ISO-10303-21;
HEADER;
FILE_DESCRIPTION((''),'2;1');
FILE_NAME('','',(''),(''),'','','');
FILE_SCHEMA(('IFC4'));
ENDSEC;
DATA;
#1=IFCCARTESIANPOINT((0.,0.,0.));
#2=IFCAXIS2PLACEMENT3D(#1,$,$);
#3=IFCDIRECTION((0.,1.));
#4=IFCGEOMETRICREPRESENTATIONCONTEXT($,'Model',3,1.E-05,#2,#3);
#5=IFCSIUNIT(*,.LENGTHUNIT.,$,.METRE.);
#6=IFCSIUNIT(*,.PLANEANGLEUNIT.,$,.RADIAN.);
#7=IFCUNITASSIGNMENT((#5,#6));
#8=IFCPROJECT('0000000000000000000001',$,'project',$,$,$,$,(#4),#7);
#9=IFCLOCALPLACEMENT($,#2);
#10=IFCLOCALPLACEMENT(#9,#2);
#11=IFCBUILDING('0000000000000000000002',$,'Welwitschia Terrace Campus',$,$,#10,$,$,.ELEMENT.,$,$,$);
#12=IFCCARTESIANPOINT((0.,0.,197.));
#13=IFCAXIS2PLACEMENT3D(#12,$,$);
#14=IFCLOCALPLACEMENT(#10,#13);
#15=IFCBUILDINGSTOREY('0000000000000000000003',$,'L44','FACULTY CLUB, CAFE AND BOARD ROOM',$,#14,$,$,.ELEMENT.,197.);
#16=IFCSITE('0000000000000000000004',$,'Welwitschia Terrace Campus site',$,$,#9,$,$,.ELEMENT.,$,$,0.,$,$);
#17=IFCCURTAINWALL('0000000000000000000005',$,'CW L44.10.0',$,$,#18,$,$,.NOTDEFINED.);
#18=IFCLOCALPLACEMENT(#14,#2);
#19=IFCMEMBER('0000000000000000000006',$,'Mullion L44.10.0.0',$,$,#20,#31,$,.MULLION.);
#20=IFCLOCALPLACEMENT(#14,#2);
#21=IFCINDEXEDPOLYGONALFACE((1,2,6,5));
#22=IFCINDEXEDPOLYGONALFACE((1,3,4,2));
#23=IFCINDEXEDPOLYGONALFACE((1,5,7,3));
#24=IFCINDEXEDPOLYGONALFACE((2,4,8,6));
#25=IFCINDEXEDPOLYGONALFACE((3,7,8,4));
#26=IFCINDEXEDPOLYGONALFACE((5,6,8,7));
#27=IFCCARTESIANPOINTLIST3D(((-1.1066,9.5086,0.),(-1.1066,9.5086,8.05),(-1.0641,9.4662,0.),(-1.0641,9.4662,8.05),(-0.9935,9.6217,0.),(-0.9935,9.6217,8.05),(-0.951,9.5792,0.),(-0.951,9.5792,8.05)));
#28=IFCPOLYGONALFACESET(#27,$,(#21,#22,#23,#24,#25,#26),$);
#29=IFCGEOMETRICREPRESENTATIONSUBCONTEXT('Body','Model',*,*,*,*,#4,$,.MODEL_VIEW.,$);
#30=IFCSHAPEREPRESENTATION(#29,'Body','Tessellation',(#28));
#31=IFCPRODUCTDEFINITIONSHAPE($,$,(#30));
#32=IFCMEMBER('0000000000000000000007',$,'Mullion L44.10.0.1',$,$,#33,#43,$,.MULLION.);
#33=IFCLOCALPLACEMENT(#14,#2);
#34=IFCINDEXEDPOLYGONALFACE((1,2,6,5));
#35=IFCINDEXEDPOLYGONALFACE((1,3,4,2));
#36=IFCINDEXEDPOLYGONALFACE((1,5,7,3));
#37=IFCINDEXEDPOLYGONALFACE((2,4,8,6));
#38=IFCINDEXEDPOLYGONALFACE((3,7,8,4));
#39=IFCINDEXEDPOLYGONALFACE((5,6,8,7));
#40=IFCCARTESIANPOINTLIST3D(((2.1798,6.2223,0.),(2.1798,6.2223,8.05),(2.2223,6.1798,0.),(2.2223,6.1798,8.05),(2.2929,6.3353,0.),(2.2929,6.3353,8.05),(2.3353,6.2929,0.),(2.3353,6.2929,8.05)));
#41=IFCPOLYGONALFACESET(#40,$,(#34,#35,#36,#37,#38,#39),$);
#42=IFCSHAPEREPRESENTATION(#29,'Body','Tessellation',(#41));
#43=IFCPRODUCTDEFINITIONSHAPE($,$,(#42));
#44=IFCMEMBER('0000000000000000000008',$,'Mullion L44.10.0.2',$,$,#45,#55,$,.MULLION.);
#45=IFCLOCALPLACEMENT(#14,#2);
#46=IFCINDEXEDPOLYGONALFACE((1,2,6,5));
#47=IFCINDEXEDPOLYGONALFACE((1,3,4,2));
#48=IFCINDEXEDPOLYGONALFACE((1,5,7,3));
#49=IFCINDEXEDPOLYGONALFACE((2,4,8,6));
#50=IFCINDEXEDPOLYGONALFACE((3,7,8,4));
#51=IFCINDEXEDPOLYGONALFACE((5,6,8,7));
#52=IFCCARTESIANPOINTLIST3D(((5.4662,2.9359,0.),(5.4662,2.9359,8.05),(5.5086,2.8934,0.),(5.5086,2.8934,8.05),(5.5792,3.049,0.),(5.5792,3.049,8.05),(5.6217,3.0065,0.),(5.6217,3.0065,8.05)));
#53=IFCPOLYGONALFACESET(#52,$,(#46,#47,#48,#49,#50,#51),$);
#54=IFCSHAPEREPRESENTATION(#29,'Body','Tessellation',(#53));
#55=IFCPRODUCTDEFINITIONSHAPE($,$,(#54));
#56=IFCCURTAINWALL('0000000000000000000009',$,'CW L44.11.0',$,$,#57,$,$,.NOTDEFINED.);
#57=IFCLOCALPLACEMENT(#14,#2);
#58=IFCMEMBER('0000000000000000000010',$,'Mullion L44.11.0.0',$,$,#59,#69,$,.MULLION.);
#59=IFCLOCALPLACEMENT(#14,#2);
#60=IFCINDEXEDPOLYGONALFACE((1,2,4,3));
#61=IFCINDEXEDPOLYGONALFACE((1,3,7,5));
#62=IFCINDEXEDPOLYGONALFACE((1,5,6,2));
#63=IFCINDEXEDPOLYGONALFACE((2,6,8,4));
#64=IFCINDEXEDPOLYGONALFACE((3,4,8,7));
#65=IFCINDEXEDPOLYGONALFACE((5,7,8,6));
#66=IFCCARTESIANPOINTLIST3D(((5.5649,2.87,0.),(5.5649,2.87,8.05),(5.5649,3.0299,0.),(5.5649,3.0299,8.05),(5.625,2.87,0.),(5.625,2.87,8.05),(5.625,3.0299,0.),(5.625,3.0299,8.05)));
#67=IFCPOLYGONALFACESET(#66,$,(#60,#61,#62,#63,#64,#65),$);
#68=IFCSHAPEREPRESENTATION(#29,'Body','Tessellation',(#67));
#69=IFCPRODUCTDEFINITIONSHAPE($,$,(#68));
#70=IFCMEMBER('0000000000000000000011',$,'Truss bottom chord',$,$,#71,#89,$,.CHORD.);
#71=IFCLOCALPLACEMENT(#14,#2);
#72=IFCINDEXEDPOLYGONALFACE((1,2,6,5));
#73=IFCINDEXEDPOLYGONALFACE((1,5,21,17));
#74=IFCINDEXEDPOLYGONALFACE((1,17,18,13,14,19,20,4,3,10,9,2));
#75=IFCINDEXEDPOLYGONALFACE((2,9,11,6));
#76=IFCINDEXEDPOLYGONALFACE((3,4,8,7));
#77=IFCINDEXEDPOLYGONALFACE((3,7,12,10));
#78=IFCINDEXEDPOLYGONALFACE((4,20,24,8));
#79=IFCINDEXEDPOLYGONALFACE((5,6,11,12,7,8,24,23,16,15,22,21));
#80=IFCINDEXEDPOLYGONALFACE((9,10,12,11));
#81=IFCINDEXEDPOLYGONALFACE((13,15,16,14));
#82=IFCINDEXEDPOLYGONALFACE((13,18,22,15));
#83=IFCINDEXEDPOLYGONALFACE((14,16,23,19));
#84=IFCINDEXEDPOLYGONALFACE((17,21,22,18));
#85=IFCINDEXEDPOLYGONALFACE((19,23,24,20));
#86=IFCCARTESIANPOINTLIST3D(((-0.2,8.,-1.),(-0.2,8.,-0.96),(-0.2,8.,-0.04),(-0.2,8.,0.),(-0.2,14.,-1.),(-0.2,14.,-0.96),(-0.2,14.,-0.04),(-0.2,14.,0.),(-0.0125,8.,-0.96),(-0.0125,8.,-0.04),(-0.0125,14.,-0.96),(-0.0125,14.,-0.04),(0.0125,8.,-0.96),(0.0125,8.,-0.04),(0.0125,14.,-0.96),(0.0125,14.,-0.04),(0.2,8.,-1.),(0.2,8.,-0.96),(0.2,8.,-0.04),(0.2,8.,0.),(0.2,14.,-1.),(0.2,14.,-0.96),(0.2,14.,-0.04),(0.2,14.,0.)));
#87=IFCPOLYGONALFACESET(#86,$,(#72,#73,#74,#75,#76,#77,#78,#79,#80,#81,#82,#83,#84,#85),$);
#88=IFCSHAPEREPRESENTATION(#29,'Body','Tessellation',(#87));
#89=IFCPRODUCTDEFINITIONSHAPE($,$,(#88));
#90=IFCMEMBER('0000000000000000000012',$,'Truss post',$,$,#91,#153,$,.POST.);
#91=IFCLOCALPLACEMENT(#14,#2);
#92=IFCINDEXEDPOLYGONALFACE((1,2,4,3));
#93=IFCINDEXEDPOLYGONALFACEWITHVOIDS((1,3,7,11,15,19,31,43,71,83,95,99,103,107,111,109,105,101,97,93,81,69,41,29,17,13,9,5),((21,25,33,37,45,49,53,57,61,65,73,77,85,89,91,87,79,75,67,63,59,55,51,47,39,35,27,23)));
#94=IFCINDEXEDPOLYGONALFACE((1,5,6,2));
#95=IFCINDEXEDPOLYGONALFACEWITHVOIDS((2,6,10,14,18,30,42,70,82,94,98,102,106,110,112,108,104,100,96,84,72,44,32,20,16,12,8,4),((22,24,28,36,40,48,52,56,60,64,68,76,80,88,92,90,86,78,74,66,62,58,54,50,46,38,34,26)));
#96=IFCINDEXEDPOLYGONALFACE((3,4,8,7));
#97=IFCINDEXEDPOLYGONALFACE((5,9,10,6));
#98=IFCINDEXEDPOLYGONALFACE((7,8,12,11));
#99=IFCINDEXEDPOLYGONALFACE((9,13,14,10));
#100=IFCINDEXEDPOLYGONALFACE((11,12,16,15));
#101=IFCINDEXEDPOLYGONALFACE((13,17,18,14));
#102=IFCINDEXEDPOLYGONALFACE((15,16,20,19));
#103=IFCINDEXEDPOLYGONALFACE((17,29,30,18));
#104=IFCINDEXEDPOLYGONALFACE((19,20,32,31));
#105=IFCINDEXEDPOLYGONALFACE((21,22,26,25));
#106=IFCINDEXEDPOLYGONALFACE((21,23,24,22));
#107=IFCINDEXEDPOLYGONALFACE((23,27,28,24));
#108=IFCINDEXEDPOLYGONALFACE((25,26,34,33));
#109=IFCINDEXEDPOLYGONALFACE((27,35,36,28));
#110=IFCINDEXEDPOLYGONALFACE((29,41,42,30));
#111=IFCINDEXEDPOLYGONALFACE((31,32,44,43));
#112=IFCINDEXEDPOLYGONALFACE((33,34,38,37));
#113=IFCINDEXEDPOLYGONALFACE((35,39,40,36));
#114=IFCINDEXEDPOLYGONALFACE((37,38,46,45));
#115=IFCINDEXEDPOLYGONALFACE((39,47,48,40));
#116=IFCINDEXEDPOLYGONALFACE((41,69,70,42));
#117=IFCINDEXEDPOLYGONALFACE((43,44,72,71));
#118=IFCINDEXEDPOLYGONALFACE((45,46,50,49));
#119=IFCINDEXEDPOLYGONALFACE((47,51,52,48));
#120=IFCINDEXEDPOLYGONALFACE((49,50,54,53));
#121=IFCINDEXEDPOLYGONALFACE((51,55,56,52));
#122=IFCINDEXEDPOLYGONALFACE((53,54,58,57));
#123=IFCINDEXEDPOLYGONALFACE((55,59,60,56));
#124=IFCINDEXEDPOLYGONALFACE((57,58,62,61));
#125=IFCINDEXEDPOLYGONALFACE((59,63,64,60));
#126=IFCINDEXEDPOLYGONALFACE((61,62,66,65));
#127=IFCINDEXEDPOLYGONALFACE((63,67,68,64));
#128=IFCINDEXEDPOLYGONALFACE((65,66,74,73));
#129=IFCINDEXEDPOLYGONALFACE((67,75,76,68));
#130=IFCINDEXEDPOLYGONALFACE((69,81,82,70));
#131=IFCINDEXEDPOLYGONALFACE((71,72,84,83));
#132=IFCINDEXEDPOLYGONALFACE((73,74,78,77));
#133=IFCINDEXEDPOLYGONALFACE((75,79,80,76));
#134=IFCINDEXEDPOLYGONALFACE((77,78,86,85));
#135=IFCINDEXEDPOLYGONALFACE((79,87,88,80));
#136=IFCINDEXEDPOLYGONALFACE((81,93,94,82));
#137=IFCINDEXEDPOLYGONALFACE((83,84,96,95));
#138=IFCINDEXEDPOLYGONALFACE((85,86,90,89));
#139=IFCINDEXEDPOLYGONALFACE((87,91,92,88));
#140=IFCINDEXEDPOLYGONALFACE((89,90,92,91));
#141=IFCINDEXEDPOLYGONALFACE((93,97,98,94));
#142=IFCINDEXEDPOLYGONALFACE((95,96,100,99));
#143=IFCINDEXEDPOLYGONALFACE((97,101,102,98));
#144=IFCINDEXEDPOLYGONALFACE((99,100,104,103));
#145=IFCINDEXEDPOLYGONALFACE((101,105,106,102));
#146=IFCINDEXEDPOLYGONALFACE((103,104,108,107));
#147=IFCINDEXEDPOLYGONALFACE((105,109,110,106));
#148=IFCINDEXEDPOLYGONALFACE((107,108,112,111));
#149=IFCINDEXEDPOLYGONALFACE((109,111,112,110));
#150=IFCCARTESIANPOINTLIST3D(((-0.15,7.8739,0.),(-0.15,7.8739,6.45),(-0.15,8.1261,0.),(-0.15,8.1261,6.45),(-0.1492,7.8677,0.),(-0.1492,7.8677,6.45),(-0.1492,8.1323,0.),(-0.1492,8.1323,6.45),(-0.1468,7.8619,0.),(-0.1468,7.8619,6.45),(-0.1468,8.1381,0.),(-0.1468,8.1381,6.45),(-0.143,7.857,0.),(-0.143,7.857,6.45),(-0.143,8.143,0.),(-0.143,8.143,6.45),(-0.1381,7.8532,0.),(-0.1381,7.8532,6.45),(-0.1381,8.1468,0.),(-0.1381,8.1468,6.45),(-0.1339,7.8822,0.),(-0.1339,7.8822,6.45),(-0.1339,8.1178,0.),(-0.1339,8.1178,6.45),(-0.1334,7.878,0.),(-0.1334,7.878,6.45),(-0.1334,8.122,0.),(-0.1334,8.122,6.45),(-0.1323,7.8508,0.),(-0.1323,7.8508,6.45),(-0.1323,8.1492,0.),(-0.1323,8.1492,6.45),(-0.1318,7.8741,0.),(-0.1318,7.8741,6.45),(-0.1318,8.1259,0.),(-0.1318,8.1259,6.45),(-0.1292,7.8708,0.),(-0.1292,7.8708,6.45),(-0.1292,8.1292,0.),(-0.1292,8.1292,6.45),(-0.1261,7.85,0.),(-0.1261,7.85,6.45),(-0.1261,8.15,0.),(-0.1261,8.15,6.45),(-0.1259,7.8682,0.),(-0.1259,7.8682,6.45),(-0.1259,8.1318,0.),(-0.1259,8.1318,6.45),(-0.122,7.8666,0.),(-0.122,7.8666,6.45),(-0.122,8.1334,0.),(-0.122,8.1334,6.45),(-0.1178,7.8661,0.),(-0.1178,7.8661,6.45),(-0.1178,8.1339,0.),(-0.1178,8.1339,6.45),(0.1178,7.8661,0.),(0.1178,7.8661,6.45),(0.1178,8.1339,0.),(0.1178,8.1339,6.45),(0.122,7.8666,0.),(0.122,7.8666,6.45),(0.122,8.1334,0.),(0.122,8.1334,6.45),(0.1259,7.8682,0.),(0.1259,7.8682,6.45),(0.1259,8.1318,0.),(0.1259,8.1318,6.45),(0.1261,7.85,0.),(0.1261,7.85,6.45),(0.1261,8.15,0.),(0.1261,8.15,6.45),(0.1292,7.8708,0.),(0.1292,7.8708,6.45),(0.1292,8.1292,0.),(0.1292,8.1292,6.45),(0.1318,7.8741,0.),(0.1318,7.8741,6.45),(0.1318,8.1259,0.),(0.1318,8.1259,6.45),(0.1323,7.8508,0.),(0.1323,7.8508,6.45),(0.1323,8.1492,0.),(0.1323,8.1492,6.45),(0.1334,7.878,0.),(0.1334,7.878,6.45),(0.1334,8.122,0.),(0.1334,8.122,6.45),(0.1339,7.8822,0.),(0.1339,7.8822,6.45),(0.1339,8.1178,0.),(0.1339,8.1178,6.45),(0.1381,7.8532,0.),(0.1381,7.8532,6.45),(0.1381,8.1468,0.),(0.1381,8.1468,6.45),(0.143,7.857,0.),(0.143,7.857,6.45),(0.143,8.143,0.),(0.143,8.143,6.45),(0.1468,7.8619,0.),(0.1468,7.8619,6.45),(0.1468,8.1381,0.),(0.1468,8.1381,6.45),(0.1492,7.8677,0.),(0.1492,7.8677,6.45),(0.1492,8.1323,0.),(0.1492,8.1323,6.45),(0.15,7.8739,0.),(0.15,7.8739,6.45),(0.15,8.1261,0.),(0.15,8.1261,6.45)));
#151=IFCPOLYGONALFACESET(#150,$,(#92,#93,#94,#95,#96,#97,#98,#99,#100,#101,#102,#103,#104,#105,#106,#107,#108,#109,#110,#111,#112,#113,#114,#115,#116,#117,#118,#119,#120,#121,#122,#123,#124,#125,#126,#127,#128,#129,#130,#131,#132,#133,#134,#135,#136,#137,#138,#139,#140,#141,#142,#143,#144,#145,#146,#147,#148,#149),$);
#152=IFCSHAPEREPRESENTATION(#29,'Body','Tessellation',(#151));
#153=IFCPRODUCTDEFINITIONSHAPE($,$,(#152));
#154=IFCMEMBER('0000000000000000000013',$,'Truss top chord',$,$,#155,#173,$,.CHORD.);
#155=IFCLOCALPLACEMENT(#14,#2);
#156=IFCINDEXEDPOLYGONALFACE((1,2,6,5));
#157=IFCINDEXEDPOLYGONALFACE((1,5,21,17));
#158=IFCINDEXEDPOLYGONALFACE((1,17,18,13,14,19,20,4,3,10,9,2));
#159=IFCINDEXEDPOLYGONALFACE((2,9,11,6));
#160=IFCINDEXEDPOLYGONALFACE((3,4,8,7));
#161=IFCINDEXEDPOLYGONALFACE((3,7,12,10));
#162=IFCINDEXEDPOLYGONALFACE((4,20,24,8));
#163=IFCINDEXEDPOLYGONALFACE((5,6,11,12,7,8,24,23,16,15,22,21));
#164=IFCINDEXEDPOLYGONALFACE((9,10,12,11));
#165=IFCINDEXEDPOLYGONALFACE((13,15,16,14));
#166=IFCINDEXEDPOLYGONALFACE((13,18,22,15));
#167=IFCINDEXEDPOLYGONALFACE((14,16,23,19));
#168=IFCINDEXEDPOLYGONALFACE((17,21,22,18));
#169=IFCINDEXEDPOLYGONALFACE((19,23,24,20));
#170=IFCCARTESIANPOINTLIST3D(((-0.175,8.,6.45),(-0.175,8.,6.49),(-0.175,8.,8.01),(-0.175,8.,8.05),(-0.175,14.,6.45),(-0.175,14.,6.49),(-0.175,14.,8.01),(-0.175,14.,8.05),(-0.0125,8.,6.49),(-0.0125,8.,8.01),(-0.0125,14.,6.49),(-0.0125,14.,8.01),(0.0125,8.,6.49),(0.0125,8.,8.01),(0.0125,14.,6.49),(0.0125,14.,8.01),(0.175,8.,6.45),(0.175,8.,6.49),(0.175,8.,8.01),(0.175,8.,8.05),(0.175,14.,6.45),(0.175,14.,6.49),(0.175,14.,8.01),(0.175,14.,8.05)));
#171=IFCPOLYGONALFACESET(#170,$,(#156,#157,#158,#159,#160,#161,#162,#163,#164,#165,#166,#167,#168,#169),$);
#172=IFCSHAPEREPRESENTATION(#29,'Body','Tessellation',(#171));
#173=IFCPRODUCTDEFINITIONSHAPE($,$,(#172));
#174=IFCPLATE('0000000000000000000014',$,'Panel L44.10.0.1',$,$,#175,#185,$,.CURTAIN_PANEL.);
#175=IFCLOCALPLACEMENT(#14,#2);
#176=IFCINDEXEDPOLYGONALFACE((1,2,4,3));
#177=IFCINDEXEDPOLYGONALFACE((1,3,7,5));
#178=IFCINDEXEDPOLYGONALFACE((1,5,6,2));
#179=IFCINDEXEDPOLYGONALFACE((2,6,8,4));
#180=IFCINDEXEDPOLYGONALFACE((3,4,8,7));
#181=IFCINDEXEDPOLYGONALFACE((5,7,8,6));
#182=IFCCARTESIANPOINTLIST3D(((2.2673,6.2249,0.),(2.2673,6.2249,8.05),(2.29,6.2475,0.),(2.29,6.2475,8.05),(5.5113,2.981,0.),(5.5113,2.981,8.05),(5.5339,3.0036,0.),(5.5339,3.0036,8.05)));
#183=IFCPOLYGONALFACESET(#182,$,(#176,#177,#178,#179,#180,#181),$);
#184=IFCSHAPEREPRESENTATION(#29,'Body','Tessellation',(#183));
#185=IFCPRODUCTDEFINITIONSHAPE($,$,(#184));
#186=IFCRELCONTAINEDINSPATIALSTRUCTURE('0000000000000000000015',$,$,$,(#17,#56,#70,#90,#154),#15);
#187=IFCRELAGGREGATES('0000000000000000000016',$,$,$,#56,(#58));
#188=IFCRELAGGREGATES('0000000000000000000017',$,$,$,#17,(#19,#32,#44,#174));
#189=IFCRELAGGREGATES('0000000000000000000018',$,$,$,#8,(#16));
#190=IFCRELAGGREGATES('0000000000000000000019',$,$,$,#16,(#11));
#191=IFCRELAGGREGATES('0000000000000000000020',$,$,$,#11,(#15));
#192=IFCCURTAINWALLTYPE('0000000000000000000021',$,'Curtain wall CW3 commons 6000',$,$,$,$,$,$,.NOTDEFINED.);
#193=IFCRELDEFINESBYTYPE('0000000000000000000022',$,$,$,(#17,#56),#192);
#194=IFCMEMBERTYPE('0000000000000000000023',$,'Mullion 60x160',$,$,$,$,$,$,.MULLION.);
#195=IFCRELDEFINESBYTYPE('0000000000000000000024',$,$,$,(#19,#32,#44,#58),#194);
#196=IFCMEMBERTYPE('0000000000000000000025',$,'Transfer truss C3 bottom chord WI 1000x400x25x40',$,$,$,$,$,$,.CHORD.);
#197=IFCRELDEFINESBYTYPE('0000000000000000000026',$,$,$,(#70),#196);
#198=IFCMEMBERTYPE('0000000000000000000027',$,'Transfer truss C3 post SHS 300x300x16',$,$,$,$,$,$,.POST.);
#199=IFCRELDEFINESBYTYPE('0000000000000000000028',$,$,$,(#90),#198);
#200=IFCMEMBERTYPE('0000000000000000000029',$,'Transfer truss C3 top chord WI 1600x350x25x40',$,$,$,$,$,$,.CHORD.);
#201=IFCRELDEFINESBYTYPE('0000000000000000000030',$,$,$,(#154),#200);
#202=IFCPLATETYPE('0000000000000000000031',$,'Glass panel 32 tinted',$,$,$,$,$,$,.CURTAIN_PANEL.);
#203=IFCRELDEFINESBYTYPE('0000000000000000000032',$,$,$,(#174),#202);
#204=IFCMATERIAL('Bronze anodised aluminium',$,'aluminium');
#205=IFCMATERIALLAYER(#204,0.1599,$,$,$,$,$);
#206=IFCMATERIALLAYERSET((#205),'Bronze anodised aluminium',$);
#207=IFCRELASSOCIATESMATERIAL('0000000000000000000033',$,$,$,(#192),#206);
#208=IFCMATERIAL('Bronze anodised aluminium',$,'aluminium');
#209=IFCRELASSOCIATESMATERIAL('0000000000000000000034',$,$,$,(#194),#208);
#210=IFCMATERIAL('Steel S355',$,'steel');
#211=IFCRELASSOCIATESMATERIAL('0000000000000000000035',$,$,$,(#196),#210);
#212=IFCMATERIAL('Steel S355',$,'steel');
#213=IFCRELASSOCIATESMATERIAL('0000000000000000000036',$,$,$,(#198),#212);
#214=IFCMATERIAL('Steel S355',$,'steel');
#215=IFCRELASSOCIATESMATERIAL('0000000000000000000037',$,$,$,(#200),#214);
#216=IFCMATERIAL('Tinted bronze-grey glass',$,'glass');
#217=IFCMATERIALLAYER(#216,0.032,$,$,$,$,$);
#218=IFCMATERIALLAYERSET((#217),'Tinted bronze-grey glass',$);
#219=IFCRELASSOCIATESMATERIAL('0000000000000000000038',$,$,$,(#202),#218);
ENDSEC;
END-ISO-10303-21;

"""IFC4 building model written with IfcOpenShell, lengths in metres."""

from ifc_helpers import new_model, si_unit, direction, frame, origin, origin_2d, place, context, subcontext, project, spatial, rectangle, hollow_rectangle, i_section, extrude, material, layer, layer_set, material_profile, profile_set, type_object, element, aggregate, save


model = new_model("IFC4")

# Units and contexts
model_context = context("Model", 3, precision=1e-05, world=origin(), true_north=direction((0.0, 1.0)))
body_context = subcontext(model_context, "Body", "Model", "MODEL_VIEW")
ifc_project = project(units=[si_unit("LENGTHUNIT", "METRE"), si_unit("PLANEANGLEUNIT", "RADIAN")], contexts=[model_context])

# Site, building, storey
site_placement = place(None, origin())
site = spatial("IfcSite", under=ifc_project, at=site_placement, Name="Welwitschia Terrace Campus site", CompositionType="ELEMENT", RefElevation=0.0)
building_placement = place(site_placement, origin())
building = spatial("IfcBuilding", under=site, at=building_placement, Name="Welwitschia Terrace Campus", CompositionType="ELEMENT")
storey_placement = place(building_placement, frame((0.0, 0.0, 197.0)))
storey = spatial("IfcBuildingStorey", under=building, at=storey_placement, Name="L44", Description="FACULTY CLUB, CAFE AND BOARD ROOM", CompositionType="ELEMENT", Elevation=197.0)

# Curtain wall, members
ifc_material_1 = material(Name="Bronze anodised aluminium", Category="aluminium")
ifc_layer_1 = layer(ifc_material_1, 0.1599)
ifc_layer_set_1 = layer_set([ifc_layer_1], Name="Bronze anodised aluminium")
curtain_wall_type = type_object("IfcCurtainWallType", Name="Curtain wall CW3 commons 6000", PredefinedType="NOTDEFINED", material=ifc_layer_set_1)
curtain_wall_1_placement = place(storey_placement, origin())
curtain_wall_1 = element("IfcCurtainWall", 1, at=curtain_wall_1_placement, inside=storey, type_object=curtain_wall_type, Name="CW L44.10.0", PredefinedType="NOTDEFINED")
ifc_material_2 = material(Name="Bronze anodised aluminium", Category="aluminium")
ifc_material_profile_1 = material_profile(ifc_material_2, rectangle(XDim=0.1599, YDim=0.0601, at=origin_2d()))
ifc_profile_set_1 = profile_set([ifc_material_profile_1], Name="Bronze anodised aluminium")
member_type_1 = type_object("IfcMemberType", Name="Mullion 60x160", PredefinedType="MULLION", material=ifc_profile_set_1)
member_1_placement = place(storey_placement, frame((-1.0288, 9.5439, 0.0), z_axis=(0.0, 0.0, 1.0), x_axis=(0.707107, 0.707107, 0.0)))
member_1 = element("IfcMember", 2, at=member_1_placement, type_object=member_type_1, Name="Mullion L44.10.0.0", PredefinedType="MULLION", context=body_context, shape_type="SweptSolid", body=[
    extrude(rectangle(XDim=0.1599, YDim=0.0601, at=origin_2d()), origin(), (0.0, 0.0, 1.0), 8.05),
])
member_2_placement = place(storey_placement, frame((2.2576, 6.2576, 0.0), z_axis=(0.0, 0.0, 1.0), x_axis=(0.707107, 0.707107, 0.0)))
member_2 = element("IfcMember", 3, at=member_2_placement, type_object=member_type_1, Name="Mullion L44.10.0.1", PredefinedType="MULLION", context=body_context, shape_type="SweptSolid", body=[
    extrude(rectangle(XDim=0.1599, YDim=0.0601, at=origin_2d()), origin(), (0.0, 0.0, 1.0), 8.05),
])
member_3_placement = place(storey_placement, frame((5.5439, 2.9712, 0.0), z_axis=(0.0, 0.0, 1.0), x_axis=(0.707107, 0.707107, 0.0)))
member_3 = element("IfcMember", 4, at=member_3_placement, type_object=member_type_1, Name="Mullion L44.10.0.2", PredefinedType="MULLION", context=body_context, shape_type="SweptSolid", body=[
    extrude(rectangle(XDim=0.1599, YDim=0.0601, at=origin_2d()), origin(), (0.0, 0.0, 1.0), 8.05),
])

# Curtain wall, member
curtain_wall_2_placement = place(storey_placement, origin())
curtain_wall_2 = element("IfcCurtainWall", 5, at=curtain_wall_2_placement, inside=storey, type_object=curtain_wall_type, Name="CW L44.11.0", PredefinedType="NOTDEFINED")
member_4_placement = place(storey_placement, frame((5.595, 2.95, 0.0), z_axis=(0.0, 0.0, 1.0), x_axis=(0.0, 1.0, 0.0)))
member_4 = element("IfcMember", 6, at=member_4_placement, type_object=member_type_1, Name="Mullion L44.11.0.0", PredefinedType="MULLION", context=body_context, shape_type="SweptSolid", body=[
    extrude(rectangle(XDim=0.1599, YDim=0.0601, at=origin_2d()), origin(), (0.0, 0.0, 1.0), 8.05),
])
aggregate(curtain_wall_2, [member_4])

# Members
ifc_material_3 = material(Name="Steel S355", Category="steel")
ifc_material_profile_2 = material_profile(ifc_material_3, i_section(OverallWidth=0.3999, OverallDepth=1.0, WebThickness=0.0249, FlangeThickness=0.04, at=origin_2d()))
ifc_profile_set_2 = profile_set([ifc_material_profile_2], Name="Steel S355")
member_type_2 = type_object("IfcMemberType", Name="Transfer truss C3 bottom chord WI 1000x400x25x40", PredefinedType="CHORD", material=ifc_profile_set_2)
member_5_placement = place(storey_placement, frame((0.0, 8.0, -0.5), z_axis=(0.0, 1.0, 0.0), x_axis=(-1.0, 0.0, 0.0)))
element("IfcMember", 7, at=member_5_placement, inside=storey, type_object=member_type_2, Name="Truss bottom chord", PredefinedType="CHORD", context=body_context, shape_type="SweptSolid", body=[
    extrude(i_section(OverallWidth=0.3999, OverallDepth=1.0, WebThickness=0.0249, FlangeThickness=0.04, at=origin_2d()), origin(), (0.0, 0.0, 1.0), 6.0),
])
ifc_material_4 = material(Name="Steel S355", Category="steel")
ifc_material_profile_3 = material_profile(ifc_material_4, hollow_rectangle(XDim=0.3, YDim=0.3, WallThickness=0.0161, InnerFilletRadius=0.0161, OuterFilletRadius=0.0239, at=origin_2d()))
ifc_profile_set_3 = profile_set([ifc_material_profile_3], Name="Steel S355")
member_type_3 = type_object("IfcMemberType", Name="Transfer truss C3 post SHS 300x300x16", PredefinedType="POST", material=ifc_profile_set_3)
member_6_placement = place(storey_placement, frame((0.0, 8.0, 0.0), z_axis=(0.0, 0.0, 1.0), x_axis=(1.0, 0.0, 0.0)))
element("IfcMember", 8, at=member_6_placement, inside=storey, type_object=member_type_3, Name="Truss post", PredefinedType="POST", context=body_context, shape_type="SweptSolid", body=[
    extrude(hollow_rectangle(XDim=0.3, YDim=0.3, WallThickness=0.0161, InnerFilletRadius=0.0161, OuterFilletRadius=0.0239, at=origin_2d()), origin(), (0.0, 0.0, 1.0), 6.45),
])
ifc_material_5 = material(Name="Steel S355", Category="steel")
ifc_material_profile_4 = material_profile(ifc_material_5, i_section(OverallWidth=0.3501, OverallDepth=1.6001, WebThickness=0.0249, FlangeThickness=0.04, at=origin_2d()))
ifc_profile_set_4 = profile_set([ifc_material_profile_4], Name="Steel S355")
member_type_4 = type_object("IfcMemberType", Name="Transfer truss C3 top chord WI 1600x350x25x40", PredefinedType="CHORD", material=ifc_profile_set_4)
member_7_placement = place(storey_placement, frame((0.0, 8.0, 7.25), z_axis=(0.0, 1.0, 0.0), x_axis=(-1.0, 0.0, 0.0)))
element("IfcMember", 9, at=member_7_placement, inside=storey, type_object=member_type_4, Name="Truss top chord", PredefinedType="CHORD", context=body_context, shape_type="SweptSolid", body=[
    extrude(i_section(OverallWidth=0.3501, OverallDepth=1.6001, WebThickness=0.0249, FlangeThickness=0.04, at=origin_2d()), origin(), (0.0, 0.0, 1.0), 6.0),
])

# Plate
ifc_material_6 = material(Name="Tinted bronze-grey glass", Category="glass")
ifc_layer_2 = layer(ifc_material_6, 0.032)
ifc_layer_set_2 = layer_set([ifc_layer_2], Name="Tinted bronze-grey glass")
plate_type_1 = type_object("IfcPlateType", Name="Glass panel 32 tinted", PredefinedType="CURTAIN_PANEL", material=ifc_layer_set_2)
plate_1_placement = place(storey_placement, frame((3.9006, 4.6143, 0.0), z_axis=(0.0, 0.0, 1.0), x_axis=(0.707107, -0.707107, 0.0)))
plate_1 = element("IfcPlate", 10, at=plate_1_placement, type_object=plate_type_1, Name="Panel L44.10.0.1", PredefinedType="CURTAIN_PANEL", context=body_context, shape_type="SweptSolid", body=[
    extrude(rectangle(XDim=4.5876, YDim=0.032, at=origin_2d()), origin(), (0.0, 0.0, 1.0), 8.05),
])
aggregate(curtain_wall_1, [member_1, member_2, member_3, plate_1])

save(model, "model.ifc")
